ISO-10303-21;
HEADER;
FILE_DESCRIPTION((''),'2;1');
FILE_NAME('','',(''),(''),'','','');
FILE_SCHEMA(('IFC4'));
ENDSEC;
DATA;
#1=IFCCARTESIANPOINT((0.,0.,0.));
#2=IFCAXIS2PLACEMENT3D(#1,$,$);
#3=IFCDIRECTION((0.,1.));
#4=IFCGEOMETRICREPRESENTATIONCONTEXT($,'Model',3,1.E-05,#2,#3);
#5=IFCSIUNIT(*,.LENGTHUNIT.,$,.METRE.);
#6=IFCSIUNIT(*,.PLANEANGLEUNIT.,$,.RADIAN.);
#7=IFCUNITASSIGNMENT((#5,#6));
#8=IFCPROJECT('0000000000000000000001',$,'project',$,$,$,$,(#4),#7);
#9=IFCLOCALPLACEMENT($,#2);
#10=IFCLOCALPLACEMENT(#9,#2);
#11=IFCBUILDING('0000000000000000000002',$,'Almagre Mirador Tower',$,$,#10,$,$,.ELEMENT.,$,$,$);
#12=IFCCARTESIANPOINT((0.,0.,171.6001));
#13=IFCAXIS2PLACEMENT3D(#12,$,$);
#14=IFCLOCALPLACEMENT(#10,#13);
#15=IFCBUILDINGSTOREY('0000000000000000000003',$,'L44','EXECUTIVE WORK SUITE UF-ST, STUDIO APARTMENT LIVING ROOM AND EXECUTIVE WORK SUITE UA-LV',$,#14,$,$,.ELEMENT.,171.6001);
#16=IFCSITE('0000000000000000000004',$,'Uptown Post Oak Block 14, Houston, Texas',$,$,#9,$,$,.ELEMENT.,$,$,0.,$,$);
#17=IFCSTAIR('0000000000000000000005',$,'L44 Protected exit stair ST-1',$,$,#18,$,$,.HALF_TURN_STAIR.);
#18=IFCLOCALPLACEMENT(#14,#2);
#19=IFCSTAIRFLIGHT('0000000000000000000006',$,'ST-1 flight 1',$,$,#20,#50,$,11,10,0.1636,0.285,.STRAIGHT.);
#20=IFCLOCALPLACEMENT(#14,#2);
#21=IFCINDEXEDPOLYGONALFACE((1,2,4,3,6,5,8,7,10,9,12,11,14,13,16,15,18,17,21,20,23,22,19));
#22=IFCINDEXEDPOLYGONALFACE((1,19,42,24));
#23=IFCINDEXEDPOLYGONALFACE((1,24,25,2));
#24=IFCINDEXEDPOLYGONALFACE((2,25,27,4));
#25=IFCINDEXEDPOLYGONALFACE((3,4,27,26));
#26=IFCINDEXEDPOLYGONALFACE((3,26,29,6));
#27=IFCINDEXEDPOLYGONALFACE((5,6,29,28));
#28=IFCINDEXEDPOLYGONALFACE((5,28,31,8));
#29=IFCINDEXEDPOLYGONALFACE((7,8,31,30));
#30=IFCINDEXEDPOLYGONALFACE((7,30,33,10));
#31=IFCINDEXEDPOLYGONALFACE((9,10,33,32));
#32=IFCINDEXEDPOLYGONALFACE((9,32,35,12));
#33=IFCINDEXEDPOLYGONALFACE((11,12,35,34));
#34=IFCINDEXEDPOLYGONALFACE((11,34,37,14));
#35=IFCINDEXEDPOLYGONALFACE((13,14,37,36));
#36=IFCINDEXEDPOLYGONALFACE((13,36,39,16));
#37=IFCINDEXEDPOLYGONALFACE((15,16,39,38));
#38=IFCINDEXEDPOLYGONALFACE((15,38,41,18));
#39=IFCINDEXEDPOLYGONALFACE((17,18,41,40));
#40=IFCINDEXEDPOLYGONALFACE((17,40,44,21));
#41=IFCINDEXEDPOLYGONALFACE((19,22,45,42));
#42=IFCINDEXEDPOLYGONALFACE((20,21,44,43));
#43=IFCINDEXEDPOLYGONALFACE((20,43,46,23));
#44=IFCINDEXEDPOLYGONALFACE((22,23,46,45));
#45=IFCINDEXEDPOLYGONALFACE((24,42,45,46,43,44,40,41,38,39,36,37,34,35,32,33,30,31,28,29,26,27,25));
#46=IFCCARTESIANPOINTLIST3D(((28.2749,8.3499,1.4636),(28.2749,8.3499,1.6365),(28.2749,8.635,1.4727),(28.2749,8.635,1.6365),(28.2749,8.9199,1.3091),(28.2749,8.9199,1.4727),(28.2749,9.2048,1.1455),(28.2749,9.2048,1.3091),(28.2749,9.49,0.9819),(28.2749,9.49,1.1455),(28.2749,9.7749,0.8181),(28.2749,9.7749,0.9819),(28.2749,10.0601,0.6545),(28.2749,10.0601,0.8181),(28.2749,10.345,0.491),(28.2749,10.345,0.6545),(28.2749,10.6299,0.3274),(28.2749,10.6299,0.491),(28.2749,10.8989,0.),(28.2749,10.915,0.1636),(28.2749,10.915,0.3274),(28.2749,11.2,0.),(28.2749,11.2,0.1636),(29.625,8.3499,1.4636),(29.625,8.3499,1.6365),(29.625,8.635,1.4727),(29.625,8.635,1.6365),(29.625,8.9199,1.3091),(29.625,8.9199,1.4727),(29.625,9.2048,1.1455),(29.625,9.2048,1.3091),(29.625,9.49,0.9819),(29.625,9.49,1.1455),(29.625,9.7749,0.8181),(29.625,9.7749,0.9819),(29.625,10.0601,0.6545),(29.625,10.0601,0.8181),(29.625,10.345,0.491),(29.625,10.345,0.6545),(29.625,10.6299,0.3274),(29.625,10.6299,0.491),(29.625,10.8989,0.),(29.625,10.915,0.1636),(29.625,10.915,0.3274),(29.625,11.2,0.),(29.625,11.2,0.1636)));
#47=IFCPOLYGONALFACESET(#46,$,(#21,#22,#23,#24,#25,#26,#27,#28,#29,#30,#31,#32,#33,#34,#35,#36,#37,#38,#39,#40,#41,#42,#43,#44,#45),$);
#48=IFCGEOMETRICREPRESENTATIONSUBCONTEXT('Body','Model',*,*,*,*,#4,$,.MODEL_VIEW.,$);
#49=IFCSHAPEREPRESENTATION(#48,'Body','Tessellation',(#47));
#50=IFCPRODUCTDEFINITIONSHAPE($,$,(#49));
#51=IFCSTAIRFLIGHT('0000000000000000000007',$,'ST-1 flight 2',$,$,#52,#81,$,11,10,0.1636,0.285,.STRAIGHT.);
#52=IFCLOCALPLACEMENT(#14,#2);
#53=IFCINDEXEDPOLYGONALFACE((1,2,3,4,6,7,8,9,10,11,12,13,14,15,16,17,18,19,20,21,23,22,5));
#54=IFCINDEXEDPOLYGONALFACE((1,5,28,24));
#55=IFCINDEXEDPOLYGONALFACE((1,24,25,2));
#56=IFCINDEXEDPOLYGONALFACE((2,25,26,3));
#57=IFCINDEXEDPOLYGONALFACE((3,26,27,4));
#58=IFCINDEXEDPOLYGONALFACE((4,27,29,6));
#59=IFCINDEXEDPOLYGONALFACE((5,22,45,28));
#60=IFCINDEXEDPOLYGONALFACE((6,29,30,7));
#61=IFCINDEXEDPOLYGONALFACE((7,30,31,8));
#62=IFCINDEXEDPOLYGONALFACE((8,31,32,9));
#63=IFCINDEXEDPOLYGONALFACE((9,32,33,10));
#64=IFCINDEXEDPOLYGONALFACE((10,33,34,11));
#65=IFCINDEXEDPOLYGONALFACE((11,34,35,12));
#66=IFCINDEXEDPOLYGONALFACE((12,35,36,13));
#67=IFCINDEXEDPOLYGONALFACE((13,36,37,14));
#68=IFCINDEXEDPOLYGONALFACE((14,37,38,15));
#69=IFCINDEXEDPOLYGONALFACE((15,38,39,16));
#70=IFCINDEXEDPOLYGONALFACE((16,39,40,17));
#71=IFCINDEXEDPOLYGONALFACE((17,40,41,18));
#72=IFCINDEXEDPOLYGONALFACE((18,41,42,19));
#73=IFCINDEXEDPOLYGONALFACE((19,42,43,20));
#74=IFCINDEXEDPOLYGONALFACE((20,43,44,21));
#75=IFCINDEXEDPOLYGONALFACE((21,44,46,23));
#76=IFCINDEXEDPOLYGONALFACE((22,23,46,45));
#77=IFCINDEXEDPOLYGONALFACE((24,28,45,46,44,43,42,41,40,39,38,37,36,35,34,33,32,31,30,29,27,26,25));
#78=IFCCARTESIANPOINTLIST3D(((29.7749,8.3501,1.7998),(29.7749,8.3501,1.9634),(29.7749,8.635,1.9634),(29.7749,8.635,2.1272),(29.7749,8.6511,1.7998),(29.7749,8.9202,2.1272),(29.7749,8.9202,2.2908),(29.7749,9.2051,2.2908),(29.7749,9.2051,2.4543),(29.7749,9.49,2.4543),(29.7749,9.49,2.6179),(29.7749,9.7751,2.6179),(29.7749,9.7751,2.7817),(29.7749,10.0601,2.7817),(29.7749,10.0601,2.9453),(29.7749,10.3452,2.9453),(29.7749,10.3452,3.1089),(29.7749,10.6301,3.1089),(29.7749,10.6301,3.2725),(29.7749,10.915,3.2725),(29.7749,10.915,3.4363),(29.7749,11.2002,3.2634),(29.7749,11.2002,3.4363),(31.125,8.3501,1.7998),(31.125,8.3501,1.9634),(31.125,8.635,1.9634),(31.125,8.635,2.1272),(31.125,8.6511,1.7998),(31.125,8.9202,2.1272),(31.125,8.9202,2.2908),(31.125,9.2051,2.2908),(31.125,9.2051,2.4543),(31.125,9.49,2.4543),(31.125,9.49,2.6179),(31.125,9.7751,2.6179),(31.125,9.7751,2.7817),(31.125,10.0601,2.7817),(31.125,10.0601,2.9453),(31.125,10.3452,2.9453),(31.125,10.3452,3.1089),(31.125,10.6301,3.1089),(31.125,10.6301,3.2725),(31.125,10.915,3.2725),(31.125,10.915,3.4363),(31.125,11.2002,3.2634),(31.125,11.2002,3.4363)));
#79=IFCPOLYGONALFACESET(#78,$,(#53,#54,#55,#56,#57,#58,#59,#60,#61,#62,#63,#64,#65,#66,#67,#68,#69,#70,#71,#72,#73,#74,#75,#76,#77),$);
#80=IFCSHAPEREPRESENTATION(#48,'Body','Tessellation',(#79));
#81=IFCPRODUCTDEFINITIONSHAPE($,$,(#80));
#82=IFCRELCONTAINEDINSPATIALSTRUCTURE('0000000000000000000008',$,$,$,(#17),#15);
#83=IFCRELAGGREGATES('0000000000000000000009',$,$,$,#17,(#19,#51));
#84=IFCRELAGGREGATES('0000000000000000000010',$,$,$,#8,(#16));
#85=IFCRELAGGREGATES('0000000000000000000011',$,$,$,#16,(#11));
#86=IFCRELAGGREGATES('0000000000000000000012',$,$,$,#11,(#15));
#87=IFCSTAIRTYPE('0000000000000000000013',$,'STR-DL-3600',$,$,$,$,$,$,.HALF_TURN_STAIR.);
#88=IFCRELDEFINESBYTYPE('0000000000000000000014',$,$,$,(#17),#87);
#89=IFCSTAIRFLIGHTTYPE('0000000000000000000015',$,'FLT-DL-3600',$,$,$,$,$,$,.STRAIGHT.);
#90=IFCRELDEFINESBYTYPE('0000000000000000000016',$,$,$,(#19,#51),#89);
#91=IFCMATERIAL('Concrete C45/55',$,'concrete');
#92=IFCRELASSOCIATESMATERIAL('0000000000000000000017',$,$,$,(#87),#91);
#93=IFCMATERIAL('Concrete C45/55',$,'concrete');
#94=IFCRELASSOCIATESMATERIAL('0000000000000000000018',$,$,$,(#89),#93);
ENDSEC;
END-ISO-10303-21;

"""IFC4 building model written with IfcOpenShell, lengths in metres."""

from ifc_helpers import new_model, si_unit, direction, frame, origin, place, context, subcontext, project, spatial, polyline, outline, extrude, material, type_object, element, aggregate, save


model = new_model("IFC4")

# Units and contexts
model_context = context("Model", 3, precision=1e-05, world=origin(), true_north=direction((0.0, 1.0)))
body_context = subcontext(model_context, "Body", "Model", "MODEL_VIEW")
ifc_project = project(units=[si_unit("LENGTHUNIT", "METRE"), si_unit("PLANEANGLEUNIT", "RADIAN")], contexts=[model_context])

# Site, building, storey
site_placement = place(None, origin())
site = spatial("IfcSite", under=ifc_project, at=site_placement, Name="Uptown Post Oak Block 14, Houston, Texas", CompositionType="ELEMENT", RefElevation=0.0)
building_placement = place(site_placement, origin())
building = spatial("IfcBuilding", under=site, at=building_placement, Name="Almagre Mirador Tower", CompositionType="ELEMENT")
storey_placement = place(building_placement, frame((0.0, 0.0, 171.6001)))
storey = spatial("IfcBuildingStorey", under=building, at=storey_placement, Name="L44", Description="EXECUTIVE WORK SUITE UF-ST, STUDIO APARTMENT LIVING ROOM AND EXECUTIVE WORK SUITE UA-LV", CompositionType="ELEMENT", Elevation=171.6001)

# Stair, stair flights
ifc_material_1 = material(Name="Concrete C45/55", Category="concrete")
stair_type = type_object("IfcStairType", Name="STR-DL-3600", PredefinedType="HALF_TURN_STAIR", material=ifc_material_1)
stair_placement = place(storey_placement, origin())
stair = element("IfcStair", 1, at=stair_placement, inside=storey, type_object=stair_type, Name="L44 Protected exit stair ST-1", PredefinedType="HALF_TURN_STAIR")
ifc_material_2 = material(Name="Concrete C45/55", Category="concrete")
stair_flight_type = type_object("IfcStairFlightType", Name="FLT-DL-3600", PredefinedType="STRAIGHT", material=ifc_material_2)
stair_flight_1_placement = place(storey_placement, frame((28.95, 11.2, 0.0), z_axis=(0.0, 0.0, 1.0), x_axis=(0.0, -1.0, 0.0)))
stair_flight_1 = element("IfcStairFlight", 2, at=stair_flight_1_placement, type_object=stair_flight_type, Name="ST-1 flight 1", NumberOfRisers=11, NumberOfTreads=10, PredefinedType="STRAIGHT", RiserHeight=0.1636, TreadLength=0.285, context=body_context, shape_type="SweptSolid", body=[
    extrude(outline(polyline([(0.0, 0.0), (0.0, 0.1636), (0.2849, 0.1636), (0.2849, 0.3274), (0.5701, 0.3274), (0.5701, 0.491), (0.855, 0.491), (0.855, 0.6545), (1.1399, 0.6545), (1.1399, 0.8181), (1.425, 0.8181), (1.425, 0.9819), (1.71, 0.9819), (1.71, 1.1455), (1.9951, 1.1455), (1.9951, 1.3091), (2.28, 1.3091), (2.28, 1.4727), (2.5649, 1.4727), (2.5649, 1.6365), (2.8501, 1.6365), (2.8501, 1.8), (2.8501, 1.4636), (0.301, 0.0), (0.0, 0.0)])), frame((0.0, 0.675, 0.0), z_axis=(0.0, -1.0, 0.0), x_axis=(1.0, 0.0, 0.0)), (0.0, 0.0, 1.0), 1.3501),
])
stair_flight_2_placement = place(storey_placement, frame((30.45, 8.3501, 1.7998), z_axis=(0.0, 0.0, 1.0), x_axis=(0.0, 1.0, 0.0)))
stair_flight_2 = element("IfcStairFlight", 3, at=stair_flight_2_placement, type_object=stair_flight_type, Name="ST-1 flight 2", NumberOfRisers=11, NumberOfTreads=10, PredefinedType="STRAIGHT", RiserHeight=0.1636, TreadLength=0.285, context=body_context, shape_type="SweptSolid", body=[
    extrude(outline(polyline([(0.0, 0.0), (0.0, 0.1636), (0.2849, 0.1636), (0.2849, 0.3274), (0.5701, 0.3274), (0.5701, 0.491), (0.855, 0.491), (0.855, 0.6545), (1.1399, 0.6545), (1.1399, 0.8181), (1.425, 0.8181), (1.425, 0.9819), (1.71, 0.9819), (1.71, 1.1455), (1.9951, 1.1455), (1.9951, 1.3091), (2.28, 1.3091), (2.28, 1.4727), (2.5649, 1.4727), (2.5649, 1.6365), (2.8501, 1.6365), (2.8501, 1.8), (2.8501, 1.4636), (0.301, 0.0), (0.0, 0.0)])), frame((0.0, 0.675, 0.0), z_axis=(0.0, -1.0, 0.0), x_axis=(1.0, 0.0, 0.0)), (0.0, 0.0, 1.0), 1.3501),
])
aggregate(stair, [stair_flight_1, stair_flight_2])

save(model, "model.ifc")
